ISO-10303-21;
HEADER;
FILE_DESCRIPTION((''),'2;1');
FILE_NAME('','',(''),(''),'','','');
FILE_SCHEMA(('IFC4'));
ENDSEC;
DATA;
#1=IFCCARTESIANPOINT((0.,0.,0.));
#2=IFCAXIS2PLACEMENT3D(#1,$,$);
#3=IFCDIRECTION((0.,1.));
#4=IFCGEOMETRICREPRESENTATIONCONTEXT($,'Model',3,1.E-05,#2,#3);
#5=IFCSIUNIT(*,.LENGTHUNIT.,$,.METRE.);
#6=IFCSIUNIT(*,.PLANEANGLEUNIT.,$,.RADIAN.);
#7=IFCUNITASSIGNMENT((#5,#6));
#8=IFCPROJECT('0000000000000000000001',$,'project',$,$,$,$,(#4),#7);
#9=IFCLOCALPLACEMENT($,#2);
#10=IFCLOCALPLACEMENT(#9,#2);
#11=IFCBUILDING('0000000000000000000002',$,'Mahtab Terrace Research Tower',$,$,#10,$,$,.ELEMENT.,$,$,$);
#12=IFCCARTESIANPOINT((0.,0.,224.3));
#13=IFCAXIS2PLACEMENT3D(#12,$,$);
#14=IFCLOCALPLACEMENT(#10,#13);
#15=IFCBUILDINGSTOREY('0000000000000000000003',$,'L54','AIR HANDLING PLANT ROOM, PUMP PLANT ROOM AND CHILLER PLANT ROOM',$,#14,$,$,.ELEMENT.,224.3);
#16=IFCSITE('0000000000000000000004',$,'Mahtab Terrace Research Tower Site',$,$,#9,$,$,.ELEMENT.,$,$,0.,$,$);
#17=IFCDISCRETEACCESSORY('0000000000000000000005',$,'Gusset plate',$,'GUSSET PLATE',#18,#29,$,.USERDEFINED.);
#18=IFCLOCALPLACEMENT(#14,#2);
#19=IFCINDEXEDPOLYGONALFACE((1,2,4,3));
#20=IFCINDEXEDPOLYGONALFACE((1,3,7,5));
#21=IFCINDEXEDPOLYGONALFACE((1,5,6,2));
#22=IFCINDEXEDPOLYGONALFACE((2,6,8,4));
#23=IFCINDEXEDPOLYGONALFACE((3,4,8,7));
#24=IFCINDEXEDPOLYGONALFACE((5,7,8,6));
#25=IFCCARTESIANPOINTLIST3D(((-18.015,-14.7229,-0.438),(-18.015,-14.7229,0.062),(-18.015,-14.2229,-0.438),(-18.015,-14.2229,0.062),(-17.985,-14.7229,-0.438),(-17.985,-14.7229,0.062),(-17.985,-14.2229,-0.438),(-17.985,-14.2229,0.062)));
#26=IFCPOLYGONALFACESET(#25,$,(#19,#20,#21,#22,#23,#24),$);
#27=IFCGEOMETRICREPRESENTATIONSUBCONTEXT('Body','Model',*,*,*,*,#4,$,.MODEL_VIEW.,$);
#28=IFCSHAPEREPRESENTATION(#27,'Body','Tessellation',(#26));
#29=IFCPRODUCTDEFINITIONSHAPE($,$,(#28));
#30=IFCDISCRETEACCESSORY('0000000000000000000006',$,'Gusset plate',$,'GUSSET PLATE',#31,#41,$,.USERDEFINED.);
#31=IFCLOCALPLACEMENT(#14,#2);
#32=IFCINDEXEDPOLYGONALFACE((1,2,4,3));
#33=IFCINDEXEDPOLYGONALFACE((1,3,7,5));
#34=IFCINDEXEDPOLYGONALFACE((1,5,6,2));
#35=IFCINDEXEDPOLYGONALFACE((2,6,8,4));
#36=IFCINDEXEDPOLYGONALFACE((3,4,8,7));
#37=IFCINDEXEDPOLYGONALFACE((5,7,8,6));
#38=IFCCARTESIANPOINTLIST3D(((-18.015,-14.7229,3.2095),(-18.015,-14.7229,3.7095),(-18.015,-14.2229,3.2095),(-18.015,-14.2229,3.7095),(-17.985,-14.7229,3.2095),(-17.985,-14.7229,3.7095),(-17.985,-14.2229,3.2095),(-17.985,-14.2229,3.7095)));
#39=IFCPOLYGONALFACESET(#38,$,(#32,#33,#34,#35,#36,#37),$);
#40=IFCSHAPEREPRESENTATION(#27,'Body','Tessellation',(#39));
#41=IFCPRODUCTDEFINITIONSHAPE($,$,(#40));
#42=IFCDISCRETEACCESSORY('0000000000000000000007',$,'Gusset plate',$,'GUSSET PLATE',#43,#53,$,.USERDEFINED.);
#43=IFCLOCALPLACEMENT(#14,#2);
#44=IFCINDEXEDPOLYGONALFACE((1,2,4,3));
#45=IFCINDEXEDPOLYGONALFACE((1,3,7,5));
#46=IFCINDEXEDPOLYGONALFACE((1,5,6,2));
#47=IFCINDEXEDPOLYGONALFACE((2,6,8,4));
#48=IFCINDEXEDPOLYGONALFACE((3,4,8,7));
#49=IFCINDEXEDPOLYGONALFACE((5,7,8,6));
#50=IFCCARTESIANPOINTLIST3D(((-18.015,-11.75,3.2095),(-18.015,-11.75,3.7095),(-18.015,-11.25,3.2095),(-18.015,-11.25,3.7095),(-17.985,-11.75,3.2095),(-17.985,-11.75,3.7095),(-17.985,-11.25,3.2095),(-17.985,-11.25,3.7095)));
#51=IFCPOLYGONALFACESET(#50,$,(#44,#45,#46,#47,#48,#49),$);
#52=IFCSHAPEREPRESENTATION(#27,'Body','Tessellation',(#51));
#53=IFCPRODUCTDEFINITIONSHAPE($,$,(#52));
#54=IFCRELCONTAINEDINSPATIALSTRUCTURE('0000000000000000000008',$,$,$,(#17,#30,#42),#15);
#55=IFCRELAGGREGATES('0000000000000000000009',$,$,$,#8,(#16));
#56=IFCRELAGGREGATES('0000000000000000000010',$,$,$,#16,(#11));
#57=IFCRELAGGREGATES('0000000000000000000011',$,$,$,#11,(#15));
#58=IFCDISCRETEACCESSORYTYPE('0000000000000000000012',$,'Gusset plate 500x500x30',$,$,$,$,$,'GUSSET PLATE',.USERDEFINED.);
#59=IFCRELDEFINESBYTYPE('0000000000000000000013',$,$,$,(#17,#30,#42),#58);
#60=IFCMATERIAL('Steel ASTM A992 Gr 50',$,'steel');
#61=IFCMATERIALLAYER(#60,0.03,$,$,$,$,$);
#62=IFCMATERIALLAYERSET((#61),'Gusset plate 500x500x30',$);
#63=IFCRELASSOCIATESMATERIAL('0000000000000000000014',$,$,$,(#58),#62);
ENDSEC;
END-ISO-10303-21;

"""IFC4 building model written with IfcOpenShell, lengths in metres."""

from ifc_helpers import new_model, si_unit, direction, frame, origin, origin_2d, place, context, subcontext, project, spatial, rectangle, extrude, material, layer, layer_set, type_object, element, save


model = new_model("IFC4")

# Units and contexts
model_context = context("Model", 3, precision=1e-05, world=origin(), true_north=direction((0.0, 1.0)))
body_context = subcontext(model_context, "Body", "Model", "MODEL_VIEW")
ifc_project = project(units=[si_unit("LENGTHUNIT", "METRE"), si_unit("PLANEANGLEUNIT", "RADIAN")], contexts=[model_context])

# Site, building, storey
site_placement = place(None, origin())
site = spatial("IfcSite", under=ifc_project, at=site_placement, Name="Mahtab Terrace Research Tower Site", CompositionType="ELEMENT", RefElevation=0.0)
building_placement = place(site_placement, origin())
building = spatial("IfcBuilding", under=site, at=building_placement, Name="Mahtab Terrace Research Tower", CompositionType="ELEMENT")
storey_placement = place(building_placement, frame((0.0, 0.0, 224.3)))
storey = spatial("IfcBuildingStorey", under=building, at=storey_placement, Name="L54", Description="AIR HANDLING PLANT ROOM, PUMP PLANT ROOM AND CHILLER PLANT ROOM", CompositionType="ELEMENT", Elevation=224.3)

# Shared definitions
ifc_material_1 = material(Name="Steel ASTM A992 Gr 50", Category="steel")

# Discrete accessories
ifc_layer_1 = layer(ifc_material_1, 0.03)
ifc_layer_set_1 = layer_set([ifc_layer_1], Name="Gusset plate 500x500x30")
discrete_accessory_type_1 = type_object("IfcDiscreteAccessoryType", Name="Gusset plate 500x500x30", ElementType="GUSSET PLATE", PredefinedType="USERDEFINED", material=ifc_layer_set_1)
for number, where, z_axis, x_axis, name in (
    (1, (-18.0, -14.4729, -0.438), (0.0, 0.0, 1.0), (0.0, 1.0, 0.0), "Gusset plate"),
    (2, (-18.0, -14.4729, 3.2095), (0.0, 0.0, 1.0), (0.0, 1.0, 0.0), "Gusset plate"),
    (3, (-18.0, -11.5, 3.2095), (0.0, 0.0, 1.0), (0.0, 1.0, 0.0), "Gusset plate"),
):
    element("IfcDiscreteAccessory", number, at=place(storey_placement, frame(where, z_axis=z_axis, x_axis=x_axis)), inside=storey, type_object=discrete_accessory_type_1, Name=name, ObjectType="GUSSET PLATE", PredefinedType="USERDEFINED", context=body_context, shape_type="SweptSolid", body=[
        extrude(rectangle(XDim=0.5, YDim=0.03, at=origin_2d()), origin(), (0.0, 0.0, 1.0), 0.5),
    ])

save(model, "model.ifc")
